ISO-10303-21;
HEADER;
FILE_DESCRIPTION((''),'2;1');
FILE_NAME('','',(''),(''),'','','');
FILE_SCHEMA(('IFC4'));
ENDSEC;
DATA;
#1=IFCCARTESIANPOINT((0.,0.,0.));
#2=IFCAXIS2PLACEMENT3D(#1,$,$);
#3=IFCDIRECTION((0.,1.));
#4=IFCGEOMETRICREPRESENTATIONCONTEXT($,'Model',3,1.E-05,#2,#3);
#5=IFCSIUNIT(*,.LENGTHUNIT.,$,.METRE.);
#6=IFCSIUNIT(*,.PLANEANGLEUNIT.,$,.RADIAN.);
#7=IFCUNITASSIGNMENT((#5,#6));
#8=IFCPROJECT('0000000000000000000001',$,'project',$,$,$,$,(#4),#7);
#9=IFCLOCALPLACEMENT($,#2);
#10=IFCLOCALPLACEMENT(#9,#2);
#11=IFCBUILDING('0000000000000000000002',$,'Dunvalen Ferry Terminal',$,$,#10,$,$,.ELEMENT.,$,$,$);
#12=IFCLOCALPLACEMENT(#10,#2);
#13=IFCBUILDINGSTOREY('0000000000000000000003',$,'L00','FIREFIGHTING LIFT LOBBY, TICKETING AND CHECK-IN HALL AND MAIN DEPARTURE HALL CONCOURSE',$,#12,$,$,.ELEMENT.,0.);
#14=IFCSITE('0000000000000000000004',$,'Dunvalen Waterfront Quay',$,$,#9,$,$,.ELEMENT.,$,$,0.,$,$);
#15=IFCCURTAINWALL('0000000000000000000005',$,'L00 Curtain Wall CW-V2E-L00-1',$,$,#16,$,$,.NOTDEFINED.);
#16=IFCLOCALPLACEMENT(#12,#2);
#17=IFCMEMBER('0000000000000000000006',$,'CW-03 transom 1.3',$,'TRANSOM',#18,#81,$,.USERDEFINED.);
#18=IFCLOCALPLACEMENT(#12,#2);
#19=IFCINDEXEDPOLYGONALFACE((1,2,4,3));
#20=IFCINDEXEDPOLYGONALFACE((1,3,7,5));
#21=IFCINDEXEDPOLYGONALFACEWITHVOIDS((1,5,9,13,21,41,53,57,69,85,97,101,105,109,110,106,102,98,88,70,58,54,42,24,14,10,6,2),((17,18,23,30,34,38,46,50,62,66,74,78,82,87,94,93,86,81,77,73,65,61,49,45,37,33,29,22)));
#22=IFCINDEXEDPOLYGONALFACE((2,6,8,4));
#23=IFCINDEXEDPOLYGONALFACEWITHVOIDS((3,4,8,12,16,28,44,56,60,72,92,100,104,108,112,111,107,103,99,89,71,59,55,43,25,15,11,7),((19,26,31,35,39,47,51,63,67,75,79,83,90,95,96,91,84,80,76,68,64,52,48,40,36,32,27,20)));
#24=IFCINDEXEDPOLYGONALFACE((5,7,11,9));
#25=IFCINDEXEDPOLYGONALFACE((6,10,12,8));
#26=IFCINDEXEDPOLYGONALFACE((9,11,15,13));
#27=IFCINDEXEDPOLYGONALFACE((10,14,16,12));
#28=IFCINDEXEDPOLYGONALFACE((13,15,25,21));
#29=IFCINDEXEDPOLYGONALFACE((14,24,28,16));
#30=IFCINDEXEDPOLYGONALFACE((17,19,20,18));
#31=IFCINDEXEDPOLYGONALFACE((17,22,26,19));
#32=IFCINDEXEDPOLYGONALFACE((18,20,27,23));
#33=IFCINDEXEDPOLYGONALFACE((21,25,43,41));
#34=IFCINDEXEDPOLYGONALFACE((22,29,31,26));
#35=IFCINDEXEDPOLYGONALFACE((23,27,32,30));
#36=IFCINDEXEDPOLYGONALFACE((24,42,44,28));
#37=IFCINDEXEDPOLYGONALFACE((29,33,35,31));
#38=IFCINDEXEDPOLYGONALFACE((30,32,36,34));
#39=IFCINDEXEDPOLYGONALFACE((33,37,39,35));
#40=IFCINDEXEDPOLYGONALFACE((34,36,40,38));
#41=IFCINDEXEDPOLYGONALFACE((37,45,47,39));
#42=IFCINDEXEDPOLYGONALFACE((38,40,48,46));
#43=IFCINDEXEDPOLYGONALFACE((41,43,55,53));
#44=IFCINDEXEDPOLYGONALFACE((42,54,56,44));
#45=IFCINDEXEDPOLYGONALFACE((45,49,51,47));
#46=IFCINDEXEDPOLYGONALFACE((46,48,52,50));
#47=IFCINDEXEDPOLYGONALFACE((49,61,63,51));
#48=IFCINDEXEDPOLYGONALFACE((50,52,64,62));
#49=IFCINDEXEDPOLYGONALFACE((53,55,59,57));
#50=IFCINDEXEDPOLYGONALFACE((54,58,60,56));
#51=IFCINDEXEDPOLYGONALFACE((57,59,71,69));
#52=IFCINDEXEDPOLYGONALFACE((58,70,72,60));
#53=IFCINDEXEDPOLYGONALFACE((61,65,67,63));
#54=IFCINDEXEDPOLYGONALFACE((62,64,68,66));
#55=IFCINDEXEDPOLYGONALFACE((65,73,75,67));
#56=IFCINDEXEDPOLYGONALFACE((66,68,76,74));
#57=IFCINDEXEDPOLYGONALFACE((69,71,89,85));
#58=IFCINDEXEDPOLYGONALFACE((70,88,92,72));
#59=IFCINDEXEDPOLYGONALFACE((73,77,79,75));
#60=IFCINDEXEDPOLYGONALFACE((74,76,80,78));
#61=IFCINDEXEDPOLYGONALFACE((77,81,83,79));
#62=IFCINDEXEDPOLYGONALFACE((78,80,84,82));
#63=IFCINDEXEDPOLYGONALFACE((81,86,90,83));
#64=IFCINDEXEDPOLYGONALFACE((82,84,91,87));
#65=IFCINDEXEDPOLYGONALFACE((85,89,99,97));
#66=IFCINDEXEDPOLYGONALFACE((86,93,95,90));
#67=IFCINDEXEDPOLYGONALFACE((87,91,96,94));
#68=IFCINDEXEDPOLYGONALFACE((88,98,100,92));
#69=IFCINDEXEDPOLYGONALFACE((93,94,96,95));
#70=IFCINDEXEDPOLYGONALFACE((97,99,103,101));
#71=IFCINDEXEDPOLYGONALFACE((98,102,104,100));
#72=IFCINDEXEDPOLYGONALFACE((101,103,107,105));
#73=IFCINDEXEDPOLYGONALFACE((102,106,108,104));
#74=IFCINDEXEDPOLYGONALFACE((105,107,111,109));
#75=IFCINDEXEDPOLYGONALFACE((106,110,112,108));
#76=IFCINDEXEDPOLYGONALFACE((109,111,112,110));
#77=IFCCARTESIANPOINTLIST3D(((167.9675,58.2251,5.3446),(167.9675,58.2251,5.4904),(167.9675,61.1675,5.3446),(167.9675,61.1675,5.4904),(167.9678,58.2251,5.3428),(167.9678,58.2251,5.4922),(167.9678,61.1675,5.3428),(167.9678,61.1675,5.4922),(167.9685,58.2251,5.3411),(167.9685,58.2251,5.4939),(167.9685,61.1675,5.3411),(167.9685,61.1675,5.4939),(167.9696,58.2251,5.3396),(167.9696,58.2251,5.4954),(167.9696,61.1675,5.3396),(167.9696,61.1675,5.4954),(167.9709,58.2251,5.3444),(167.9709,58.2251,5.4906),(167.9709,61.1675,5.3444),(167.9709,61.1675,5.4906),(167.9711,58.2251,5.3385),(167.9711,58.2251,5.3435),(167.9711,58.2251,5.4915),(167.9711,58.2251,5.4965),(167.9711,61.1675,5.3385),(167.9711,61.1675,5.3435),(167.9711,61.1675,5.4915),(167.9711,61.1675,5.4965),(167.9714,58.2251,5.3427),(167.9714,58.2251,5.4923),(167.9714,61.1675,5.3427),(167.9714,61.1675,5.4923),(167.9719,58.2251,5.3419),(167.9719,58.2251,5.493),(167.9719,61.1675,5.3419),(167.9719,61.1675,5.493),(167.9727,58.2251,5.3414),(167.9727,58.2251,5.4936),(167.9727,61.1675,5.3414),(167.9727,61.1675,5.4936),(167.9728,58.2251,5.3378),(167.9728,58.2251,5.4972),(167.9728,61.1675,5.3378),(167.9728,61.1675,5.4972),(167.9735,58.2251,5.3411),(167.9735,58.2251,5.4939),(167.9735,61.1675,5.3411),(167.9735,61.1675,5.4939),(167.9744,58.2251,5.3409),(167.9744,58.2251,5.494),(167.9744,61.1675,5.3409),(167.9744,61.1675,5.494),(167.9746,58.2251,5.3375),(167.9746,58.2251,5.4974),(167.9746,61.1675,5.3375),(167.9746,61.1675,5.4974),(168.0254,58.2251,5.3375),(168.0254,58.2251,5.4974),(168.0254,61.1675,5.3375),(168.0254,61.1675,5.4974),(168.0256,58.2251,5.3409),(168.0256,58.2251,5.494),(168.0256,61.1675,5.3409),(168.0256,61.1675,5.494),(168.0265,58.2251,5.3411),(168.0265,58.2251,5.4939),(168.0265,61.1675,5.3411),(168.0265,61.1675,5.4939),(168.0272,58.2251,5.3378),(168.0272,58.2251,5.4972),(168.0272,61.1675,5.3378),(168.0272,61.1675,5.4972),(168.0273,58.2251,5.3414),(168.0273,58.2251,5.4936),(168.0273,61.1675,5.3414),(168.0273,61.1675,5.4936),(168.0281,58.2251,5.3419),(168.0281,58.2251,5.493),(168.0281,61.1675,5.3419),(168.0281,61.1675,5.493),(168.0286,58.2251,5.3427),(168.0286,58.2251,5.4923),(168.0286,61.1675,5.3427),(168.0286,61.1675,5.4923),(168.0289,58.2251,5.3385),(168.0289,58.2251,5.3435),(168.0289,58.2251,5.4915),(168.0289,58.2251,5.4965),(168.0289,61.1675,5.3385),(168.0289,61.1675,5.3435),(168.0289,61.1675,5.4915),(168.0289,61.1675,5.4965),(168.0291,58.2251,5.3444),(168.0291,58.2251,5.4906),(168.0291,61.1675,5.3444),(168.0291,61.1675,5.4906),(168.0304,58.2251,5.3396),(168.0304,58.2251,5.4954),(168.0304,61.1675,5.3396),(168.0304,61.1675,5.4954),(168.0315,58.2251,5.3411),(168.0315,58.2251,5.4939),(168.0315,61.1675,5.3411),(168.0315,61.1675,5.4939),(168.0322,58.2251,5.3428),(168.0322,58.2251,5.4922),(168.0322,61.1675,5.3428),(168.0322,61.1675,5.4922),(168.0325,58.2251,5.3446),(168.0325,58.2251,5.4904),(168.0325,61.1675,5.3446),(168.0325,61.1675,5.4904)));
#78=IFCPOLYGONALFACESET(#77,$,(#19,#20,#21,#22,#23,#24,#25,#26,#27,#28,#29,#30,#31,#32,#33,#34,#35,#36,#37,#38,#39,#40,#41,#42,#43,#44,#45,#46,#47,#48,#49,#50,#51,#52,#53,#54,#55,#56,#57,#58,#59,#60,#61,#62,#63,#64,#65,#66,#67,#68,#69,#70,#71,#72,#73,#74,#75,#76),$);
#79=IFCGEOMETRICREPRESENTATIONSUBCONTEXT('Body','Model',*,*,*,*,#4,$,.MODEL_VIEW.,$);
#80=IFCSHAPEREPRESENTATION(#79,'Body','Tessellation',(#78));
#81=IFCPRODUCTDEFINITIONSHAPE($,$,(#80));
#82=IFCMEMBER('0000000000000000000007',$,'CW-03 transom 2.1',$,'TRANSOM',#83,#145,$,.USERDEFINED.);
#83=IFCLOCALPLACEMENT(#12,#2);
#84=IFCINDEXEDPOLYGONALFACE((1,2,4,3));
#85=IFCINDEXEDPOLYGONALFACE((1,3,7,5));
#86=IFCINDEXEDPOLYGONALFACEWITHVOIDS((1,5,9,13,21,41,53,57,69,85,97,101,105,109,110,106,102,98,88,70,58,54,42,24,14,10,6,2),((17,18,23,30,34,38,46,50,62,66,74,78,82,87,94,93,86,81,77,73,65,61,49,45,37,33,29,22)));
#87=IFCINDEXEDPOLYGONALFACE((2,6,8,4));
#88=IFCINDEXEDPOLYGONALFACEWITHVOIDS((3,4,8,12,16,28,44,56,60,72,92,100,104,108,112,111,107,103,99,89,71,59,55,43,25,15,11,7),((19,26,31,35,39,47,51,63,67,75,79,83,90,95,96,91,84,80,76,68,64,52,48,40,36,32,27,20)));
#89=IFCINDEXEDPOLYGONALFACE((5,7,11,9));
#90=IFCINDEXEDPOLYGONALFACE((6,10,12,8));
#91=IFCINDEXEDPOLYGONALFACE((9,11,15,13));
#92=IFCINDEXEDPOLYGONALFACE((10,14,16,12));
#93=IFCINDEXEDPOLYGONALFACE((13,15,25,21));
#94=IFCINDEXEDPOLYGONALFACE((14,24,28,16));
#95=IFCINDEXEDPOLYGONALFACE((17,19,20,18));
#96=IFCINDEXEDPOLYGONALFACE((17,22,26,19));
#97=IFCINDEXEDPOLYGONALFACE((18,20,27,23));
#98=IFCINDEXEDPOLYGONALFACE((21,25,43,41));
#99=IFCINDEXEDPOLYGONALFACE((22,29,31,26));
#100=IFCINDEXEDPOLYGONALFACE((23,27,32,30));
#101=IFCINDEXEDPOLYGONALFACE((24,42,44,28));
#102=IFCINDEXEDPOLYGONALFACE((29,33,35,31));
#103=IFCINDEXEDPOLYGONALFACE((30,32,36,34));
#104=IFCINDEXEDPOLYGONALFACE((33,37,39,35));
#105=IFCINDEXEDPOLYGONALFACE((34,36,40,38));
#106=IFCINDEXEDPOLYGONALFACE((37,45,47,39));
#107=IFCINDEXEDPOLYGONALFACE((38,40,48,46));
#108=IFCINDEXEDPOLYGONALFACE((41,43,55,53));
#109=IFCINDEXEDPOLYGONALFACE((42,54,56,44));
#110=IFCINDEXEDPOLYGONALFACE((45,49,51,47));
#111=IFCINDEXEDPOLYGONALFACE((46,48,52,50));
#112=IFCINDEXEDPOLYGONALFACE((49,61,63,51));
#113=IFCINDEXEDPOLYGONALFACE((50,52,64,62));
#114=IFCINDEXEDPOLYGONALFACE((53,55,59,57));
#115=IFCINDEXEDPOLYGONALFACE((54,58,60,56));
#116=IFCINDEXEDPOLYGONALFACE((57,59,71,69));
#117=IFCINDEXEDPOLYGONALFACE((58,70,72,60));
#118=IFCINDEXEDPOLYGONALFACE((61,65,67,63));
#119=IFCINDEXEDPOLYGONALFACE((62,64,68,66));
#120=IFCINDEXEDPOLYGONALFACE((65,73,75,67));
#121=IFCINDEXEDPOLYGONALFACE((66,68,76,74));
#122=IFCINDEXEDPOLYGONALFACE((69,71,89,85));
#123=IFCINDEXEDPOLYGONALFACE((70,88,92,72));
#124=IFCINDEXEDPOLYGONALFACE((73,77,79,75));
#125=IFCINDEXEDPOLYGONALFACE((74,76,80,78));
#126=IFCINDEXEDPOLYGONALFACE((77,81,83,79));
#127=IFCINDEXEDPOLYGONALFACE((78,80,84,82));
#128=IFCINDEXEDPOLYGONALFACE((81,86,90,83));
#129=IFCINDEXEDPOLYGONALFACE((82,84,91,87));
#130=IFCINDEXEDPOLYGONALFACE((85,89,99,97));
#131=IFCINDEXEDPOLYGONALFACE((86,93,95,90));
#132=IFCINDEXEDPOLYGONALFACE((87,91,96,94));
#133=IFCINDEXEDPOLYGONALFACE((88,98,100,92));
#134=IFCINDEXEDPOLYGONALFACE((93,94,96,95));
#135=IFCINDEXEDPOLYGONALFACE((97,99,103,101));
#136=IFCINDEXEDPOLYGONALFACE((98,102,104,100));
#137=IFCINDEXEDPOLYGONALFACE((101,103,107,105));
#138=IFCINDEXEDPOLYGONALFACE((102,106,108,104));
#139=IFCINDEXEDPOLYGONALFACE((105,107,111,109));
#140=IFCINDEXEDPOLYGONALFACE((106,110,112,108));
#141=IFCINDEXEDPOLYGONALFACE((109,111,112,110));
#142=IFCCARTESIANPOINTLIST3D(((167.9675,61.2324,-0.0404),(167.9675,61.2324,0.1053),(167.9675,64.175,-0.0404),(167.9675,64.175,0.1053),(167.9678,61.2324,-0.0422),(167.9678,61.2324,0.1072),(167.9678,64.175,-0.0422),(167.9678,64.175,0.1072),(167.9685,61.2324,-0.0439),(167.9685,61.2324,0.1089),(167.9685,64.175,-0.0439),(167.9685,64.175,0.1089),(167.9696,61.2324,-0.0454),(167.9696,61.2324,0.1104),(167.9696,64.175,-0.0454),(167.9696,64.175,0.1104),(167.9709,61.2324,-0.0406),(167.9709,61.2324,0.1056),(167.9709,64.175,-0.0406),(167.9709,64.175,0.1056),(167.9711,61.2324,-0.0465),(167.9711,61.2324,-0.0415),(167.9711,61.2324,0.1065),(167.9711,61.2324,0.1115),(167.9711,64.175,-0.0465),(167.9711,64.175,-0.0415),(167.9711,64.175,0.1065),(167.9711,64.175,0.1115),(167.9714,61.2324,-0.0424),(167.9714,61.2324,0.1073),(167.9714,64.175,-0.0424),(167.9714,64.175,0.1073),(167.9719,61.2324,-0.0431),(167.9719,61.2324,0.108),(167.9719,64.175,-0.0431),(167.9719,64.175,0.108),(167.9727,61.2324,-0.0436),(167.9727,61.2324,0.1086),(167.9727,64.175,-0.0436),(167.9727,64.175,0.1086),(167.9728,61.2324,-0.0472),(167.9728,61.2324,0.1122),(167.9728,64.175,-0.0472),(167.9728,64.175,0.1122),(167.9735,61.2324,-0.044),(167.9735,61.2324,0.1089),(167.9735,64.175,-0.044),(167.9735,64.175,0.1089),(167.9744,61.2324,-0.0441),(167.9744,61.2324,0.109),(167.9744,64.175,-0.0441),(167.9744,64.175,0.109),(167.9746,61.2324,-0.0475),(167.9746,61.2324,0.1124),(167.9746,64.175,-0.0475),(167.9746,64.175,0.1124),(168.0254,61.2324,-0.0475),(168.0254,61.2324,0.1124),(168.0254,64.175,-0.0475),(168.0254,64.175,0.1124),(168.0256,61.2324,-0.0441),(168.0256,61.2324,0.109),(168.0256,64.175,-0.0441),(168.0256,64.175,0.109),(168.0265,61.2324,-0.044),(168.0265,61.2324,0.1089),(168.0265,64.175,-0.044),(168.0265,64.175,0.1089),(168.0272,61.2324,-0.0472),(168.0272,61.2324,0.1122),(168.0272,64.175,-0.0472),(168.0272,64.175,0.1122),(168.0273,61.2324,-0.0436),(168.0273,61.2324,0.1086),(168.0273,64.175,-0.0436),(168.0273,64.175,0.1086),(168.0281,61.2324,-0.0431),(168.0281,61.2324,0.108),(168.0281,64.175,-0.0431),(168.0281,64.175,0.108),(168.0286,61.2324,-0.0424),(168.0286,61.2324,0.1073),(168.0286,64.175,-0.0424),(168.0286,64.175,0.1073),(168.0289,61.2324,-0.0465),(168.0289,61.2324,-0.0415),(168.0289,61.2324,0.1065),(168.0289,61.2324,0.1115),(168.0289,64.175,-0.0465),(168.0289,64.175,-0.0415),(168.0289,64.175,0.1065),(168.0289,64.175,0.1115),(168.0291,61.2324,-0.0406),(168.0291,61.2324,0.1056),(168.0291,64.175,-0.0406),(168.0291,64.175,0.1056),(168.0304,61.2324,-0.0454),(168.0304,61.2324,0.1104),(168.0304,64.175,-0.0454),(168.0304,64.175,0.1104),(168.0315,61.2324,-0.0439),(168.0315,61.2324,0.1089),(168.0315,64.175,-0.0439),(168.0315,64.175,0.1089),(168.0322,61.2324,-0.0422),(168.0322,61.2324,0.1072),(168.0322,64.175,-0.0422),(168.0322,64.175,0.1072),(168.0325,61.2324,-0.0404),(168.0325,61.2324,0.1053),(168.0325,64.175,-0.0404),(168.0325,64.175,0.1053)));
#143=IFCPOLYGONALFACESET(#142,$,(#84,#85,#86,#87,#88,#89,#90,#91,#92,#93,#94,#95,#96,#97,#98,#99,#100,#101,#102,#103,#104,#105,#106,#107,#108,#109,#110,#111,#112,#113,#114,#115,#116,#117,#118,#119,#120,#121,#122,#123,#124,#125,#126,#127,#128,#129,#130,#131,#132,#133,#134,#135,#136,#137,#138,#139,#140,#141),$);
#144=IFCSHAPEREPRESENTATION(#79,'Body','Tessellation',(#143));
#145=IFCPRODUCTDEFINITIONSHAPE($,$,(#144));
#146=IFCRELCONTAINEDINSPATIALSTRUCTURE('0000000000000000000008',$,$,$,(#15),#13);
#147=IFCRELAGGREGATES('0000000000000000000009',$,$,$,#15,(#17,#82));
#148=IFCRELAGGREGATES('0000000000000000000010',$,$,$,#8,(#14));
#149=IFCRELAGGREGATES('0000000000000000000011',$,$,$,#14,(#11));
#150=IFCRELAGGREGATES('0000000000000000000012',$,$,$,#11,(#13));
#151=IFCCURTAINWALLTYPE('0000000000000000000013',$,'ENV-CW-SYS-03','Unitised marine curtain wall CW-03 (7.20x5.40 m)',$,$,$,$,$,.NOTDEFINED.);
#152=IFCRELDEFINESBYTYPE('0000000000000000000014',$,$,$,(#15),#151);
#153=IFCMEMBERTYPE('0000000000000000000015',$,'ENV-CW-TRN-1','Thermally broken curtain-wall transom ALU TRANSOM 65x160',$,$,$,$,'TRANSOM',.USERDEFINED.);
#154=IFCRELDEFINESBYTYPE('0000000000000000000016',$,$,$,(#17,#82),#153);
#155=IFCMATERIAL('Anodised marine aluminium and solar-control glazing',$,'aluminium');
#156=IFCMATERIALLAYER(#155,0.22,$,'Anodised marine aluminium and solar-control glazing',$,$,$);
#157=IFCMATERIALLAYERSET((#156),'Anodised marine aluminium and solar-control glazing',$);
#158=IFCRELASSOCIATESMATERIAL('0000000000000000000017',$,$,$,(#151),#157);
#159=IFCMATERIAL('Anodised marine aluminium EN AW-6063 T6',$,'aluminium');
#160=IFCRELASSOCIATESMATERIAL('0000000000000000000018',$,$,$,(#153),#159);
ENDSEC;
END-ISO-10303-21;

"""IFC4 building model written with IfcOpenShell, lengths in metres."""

from ifc_helpers import new_model, si_unit, direction, frame, origin, origin_2d, place, context, subcontext, project, spatial, hollow_rectangle, extrude, material, layer, layer_set, material_profile, profile_set, type_object, element, aggregate, save


model = new_model("IFC4")

# Units and contexts
model_context = context("Model", 3, precision=1e-05, world=origin(), true_north=direction((0.0, 1.0)))
body_context = subcontext(model_context, "Body", "Model", "MODEL_VIEW")
ifc_project = project(units=[si_unit("LENGTHUNIT", "METRE"), si_unit("PLANEANGLEUNIT", "RADIAN")], contexts=[model_context])

# Site, building, storey
site_placement = place(None, origin())
site = spatial("IfcSite", under=ifc_project, at=site_placement, Name="Dunvalen Waterfront Quay", CompositionType="ELEMENT", RefElevation=0.0)
building_placement = place(site_placement, origin())
building = spatial("IfcBuilding", under=site, at=building_placement, Name="Dunvalen Ferry Terminal", CompositionType="ELEMENT")
storey_placement = place(building_placement, origin())
storey = spatial("IfcBuildingStorey", under=building, at=storey_placement, Name="L00", Description="FIREFIGHTING LIFT LOBBY, TICKETING AND CHECK-IN HALL AND MAIN DEPARTURE HALL CONCOURSE", CompositionType="ELEMENT", Elevation=0.0)

# Curtain wall, members
ifc_material_1 = material(Name="Anodised marine aluminium and solar-control glazing", Category="aluminium")
ifc_layer_1 = layer(ifc_material_1, 0.22, Name="Anodised marine aluminium and solar-control glazing")
ifc_layer_set_1 = layer_set([ifc_layer_1], Name="Anodised marine aluminium and solar-control glazing")
curtain_wall_type = type_object("IfcCurtainWallType", Name="ENV-CW-SYS-03", Description="Unitised marine curtain wall CW-03 (7.20x5.40 m)", PredefinedType="NOTDEFINED", material=ifc_layer_set_1)
curtain_wall_placement = place(storey_placement, origin())
curtain_wall = element("IfcCurtainWall", 1, at=curtain_wall_placement, inside=storey, type_object=curtain_wall_type, Name="L00 Curtain Wall CW-V2E-L00-1", PredefinedType="NOTDEFINED")
ifc_material_2 = material(Name="Anodised marine aluminium EN AW-6063 T6", Category="aluminium")
ifc_material_profile_1 = material_profile(ifc_material_2, hollow_rectangle(XDim=0.0649, YDim=0.1599, WallThickness=0.0034, InnerFilletRadius=0.0034, OuterFilletRadius=0.0071, at=origin_2d()), Name="Anodised marine aluminium EN AW-6063 T6")
ifc_profile_set_1 = profile_set([ifc_material_profile_1], Name="Anodised marine aluminium EN AW-6063 T6")
member_type_1 = type_object("IfcMemberType", Name="ENV-CW-TRN-1", Description="Thermally broken curtain-wall transom ALU TRANSOM 65x160", ElementType="TRANSOM", PredefinedType="USERDEFINED", material=ifc_profile_set_1)
member_1_placement = place(storey_placement, frame((168.0, 58.2251, 5.4175), z_axis=(0.0, 1.0, 0.0), x_axis=(-1.0, 0.0, 0.0)))
member_1 = element("IfcMember", 2, at=member_1_placement, type_object=member_type_1, Name="CW-03 transom 1.3", ObjectType="TRANSOM", PredefinedType="USERDEFINED", context=body_context, shape_type="SweptSolid", body=[
    extrude(hollow_rectangle(XDim=0.0649, YDim=0.1599, WallThickness=0.0034, InnerFilletRadius=0.0034, OuterFilletRadius=0.0071, at=origin_2d()), origin(), (0.0, 0.0, 1.0), 2.9424),
])
member_2_placement = place(storey_placement, frame((168.0, 61.2324, 0.0325), z_axis=(0.0, 1.0, 0.0), x_axis=(-1.0, 0.0, 0.0)))
member_2 = element("IfcMember", 3, at=member_2_placement, type_object=member_type_1, Name="CW-03 transom 2.1", ObjectType="TRANSOM", PredefinedType="USERDEFINED", context=body_context, shape_type="SweptSolid", body=[
    extrude(hollow_rectangle(XDim=0.0649, YDim=0.1599, WallThickness=0.0034, InnerFilletRadius=0.0034, OuterFilletRadius=0.0071, at=origin_2d()), origin(), (0.0, 0.0, 1.0), 2.9426),
])
aggregate(curtain_wall, [member_1, member_2])

save(model, "model.ifc")
